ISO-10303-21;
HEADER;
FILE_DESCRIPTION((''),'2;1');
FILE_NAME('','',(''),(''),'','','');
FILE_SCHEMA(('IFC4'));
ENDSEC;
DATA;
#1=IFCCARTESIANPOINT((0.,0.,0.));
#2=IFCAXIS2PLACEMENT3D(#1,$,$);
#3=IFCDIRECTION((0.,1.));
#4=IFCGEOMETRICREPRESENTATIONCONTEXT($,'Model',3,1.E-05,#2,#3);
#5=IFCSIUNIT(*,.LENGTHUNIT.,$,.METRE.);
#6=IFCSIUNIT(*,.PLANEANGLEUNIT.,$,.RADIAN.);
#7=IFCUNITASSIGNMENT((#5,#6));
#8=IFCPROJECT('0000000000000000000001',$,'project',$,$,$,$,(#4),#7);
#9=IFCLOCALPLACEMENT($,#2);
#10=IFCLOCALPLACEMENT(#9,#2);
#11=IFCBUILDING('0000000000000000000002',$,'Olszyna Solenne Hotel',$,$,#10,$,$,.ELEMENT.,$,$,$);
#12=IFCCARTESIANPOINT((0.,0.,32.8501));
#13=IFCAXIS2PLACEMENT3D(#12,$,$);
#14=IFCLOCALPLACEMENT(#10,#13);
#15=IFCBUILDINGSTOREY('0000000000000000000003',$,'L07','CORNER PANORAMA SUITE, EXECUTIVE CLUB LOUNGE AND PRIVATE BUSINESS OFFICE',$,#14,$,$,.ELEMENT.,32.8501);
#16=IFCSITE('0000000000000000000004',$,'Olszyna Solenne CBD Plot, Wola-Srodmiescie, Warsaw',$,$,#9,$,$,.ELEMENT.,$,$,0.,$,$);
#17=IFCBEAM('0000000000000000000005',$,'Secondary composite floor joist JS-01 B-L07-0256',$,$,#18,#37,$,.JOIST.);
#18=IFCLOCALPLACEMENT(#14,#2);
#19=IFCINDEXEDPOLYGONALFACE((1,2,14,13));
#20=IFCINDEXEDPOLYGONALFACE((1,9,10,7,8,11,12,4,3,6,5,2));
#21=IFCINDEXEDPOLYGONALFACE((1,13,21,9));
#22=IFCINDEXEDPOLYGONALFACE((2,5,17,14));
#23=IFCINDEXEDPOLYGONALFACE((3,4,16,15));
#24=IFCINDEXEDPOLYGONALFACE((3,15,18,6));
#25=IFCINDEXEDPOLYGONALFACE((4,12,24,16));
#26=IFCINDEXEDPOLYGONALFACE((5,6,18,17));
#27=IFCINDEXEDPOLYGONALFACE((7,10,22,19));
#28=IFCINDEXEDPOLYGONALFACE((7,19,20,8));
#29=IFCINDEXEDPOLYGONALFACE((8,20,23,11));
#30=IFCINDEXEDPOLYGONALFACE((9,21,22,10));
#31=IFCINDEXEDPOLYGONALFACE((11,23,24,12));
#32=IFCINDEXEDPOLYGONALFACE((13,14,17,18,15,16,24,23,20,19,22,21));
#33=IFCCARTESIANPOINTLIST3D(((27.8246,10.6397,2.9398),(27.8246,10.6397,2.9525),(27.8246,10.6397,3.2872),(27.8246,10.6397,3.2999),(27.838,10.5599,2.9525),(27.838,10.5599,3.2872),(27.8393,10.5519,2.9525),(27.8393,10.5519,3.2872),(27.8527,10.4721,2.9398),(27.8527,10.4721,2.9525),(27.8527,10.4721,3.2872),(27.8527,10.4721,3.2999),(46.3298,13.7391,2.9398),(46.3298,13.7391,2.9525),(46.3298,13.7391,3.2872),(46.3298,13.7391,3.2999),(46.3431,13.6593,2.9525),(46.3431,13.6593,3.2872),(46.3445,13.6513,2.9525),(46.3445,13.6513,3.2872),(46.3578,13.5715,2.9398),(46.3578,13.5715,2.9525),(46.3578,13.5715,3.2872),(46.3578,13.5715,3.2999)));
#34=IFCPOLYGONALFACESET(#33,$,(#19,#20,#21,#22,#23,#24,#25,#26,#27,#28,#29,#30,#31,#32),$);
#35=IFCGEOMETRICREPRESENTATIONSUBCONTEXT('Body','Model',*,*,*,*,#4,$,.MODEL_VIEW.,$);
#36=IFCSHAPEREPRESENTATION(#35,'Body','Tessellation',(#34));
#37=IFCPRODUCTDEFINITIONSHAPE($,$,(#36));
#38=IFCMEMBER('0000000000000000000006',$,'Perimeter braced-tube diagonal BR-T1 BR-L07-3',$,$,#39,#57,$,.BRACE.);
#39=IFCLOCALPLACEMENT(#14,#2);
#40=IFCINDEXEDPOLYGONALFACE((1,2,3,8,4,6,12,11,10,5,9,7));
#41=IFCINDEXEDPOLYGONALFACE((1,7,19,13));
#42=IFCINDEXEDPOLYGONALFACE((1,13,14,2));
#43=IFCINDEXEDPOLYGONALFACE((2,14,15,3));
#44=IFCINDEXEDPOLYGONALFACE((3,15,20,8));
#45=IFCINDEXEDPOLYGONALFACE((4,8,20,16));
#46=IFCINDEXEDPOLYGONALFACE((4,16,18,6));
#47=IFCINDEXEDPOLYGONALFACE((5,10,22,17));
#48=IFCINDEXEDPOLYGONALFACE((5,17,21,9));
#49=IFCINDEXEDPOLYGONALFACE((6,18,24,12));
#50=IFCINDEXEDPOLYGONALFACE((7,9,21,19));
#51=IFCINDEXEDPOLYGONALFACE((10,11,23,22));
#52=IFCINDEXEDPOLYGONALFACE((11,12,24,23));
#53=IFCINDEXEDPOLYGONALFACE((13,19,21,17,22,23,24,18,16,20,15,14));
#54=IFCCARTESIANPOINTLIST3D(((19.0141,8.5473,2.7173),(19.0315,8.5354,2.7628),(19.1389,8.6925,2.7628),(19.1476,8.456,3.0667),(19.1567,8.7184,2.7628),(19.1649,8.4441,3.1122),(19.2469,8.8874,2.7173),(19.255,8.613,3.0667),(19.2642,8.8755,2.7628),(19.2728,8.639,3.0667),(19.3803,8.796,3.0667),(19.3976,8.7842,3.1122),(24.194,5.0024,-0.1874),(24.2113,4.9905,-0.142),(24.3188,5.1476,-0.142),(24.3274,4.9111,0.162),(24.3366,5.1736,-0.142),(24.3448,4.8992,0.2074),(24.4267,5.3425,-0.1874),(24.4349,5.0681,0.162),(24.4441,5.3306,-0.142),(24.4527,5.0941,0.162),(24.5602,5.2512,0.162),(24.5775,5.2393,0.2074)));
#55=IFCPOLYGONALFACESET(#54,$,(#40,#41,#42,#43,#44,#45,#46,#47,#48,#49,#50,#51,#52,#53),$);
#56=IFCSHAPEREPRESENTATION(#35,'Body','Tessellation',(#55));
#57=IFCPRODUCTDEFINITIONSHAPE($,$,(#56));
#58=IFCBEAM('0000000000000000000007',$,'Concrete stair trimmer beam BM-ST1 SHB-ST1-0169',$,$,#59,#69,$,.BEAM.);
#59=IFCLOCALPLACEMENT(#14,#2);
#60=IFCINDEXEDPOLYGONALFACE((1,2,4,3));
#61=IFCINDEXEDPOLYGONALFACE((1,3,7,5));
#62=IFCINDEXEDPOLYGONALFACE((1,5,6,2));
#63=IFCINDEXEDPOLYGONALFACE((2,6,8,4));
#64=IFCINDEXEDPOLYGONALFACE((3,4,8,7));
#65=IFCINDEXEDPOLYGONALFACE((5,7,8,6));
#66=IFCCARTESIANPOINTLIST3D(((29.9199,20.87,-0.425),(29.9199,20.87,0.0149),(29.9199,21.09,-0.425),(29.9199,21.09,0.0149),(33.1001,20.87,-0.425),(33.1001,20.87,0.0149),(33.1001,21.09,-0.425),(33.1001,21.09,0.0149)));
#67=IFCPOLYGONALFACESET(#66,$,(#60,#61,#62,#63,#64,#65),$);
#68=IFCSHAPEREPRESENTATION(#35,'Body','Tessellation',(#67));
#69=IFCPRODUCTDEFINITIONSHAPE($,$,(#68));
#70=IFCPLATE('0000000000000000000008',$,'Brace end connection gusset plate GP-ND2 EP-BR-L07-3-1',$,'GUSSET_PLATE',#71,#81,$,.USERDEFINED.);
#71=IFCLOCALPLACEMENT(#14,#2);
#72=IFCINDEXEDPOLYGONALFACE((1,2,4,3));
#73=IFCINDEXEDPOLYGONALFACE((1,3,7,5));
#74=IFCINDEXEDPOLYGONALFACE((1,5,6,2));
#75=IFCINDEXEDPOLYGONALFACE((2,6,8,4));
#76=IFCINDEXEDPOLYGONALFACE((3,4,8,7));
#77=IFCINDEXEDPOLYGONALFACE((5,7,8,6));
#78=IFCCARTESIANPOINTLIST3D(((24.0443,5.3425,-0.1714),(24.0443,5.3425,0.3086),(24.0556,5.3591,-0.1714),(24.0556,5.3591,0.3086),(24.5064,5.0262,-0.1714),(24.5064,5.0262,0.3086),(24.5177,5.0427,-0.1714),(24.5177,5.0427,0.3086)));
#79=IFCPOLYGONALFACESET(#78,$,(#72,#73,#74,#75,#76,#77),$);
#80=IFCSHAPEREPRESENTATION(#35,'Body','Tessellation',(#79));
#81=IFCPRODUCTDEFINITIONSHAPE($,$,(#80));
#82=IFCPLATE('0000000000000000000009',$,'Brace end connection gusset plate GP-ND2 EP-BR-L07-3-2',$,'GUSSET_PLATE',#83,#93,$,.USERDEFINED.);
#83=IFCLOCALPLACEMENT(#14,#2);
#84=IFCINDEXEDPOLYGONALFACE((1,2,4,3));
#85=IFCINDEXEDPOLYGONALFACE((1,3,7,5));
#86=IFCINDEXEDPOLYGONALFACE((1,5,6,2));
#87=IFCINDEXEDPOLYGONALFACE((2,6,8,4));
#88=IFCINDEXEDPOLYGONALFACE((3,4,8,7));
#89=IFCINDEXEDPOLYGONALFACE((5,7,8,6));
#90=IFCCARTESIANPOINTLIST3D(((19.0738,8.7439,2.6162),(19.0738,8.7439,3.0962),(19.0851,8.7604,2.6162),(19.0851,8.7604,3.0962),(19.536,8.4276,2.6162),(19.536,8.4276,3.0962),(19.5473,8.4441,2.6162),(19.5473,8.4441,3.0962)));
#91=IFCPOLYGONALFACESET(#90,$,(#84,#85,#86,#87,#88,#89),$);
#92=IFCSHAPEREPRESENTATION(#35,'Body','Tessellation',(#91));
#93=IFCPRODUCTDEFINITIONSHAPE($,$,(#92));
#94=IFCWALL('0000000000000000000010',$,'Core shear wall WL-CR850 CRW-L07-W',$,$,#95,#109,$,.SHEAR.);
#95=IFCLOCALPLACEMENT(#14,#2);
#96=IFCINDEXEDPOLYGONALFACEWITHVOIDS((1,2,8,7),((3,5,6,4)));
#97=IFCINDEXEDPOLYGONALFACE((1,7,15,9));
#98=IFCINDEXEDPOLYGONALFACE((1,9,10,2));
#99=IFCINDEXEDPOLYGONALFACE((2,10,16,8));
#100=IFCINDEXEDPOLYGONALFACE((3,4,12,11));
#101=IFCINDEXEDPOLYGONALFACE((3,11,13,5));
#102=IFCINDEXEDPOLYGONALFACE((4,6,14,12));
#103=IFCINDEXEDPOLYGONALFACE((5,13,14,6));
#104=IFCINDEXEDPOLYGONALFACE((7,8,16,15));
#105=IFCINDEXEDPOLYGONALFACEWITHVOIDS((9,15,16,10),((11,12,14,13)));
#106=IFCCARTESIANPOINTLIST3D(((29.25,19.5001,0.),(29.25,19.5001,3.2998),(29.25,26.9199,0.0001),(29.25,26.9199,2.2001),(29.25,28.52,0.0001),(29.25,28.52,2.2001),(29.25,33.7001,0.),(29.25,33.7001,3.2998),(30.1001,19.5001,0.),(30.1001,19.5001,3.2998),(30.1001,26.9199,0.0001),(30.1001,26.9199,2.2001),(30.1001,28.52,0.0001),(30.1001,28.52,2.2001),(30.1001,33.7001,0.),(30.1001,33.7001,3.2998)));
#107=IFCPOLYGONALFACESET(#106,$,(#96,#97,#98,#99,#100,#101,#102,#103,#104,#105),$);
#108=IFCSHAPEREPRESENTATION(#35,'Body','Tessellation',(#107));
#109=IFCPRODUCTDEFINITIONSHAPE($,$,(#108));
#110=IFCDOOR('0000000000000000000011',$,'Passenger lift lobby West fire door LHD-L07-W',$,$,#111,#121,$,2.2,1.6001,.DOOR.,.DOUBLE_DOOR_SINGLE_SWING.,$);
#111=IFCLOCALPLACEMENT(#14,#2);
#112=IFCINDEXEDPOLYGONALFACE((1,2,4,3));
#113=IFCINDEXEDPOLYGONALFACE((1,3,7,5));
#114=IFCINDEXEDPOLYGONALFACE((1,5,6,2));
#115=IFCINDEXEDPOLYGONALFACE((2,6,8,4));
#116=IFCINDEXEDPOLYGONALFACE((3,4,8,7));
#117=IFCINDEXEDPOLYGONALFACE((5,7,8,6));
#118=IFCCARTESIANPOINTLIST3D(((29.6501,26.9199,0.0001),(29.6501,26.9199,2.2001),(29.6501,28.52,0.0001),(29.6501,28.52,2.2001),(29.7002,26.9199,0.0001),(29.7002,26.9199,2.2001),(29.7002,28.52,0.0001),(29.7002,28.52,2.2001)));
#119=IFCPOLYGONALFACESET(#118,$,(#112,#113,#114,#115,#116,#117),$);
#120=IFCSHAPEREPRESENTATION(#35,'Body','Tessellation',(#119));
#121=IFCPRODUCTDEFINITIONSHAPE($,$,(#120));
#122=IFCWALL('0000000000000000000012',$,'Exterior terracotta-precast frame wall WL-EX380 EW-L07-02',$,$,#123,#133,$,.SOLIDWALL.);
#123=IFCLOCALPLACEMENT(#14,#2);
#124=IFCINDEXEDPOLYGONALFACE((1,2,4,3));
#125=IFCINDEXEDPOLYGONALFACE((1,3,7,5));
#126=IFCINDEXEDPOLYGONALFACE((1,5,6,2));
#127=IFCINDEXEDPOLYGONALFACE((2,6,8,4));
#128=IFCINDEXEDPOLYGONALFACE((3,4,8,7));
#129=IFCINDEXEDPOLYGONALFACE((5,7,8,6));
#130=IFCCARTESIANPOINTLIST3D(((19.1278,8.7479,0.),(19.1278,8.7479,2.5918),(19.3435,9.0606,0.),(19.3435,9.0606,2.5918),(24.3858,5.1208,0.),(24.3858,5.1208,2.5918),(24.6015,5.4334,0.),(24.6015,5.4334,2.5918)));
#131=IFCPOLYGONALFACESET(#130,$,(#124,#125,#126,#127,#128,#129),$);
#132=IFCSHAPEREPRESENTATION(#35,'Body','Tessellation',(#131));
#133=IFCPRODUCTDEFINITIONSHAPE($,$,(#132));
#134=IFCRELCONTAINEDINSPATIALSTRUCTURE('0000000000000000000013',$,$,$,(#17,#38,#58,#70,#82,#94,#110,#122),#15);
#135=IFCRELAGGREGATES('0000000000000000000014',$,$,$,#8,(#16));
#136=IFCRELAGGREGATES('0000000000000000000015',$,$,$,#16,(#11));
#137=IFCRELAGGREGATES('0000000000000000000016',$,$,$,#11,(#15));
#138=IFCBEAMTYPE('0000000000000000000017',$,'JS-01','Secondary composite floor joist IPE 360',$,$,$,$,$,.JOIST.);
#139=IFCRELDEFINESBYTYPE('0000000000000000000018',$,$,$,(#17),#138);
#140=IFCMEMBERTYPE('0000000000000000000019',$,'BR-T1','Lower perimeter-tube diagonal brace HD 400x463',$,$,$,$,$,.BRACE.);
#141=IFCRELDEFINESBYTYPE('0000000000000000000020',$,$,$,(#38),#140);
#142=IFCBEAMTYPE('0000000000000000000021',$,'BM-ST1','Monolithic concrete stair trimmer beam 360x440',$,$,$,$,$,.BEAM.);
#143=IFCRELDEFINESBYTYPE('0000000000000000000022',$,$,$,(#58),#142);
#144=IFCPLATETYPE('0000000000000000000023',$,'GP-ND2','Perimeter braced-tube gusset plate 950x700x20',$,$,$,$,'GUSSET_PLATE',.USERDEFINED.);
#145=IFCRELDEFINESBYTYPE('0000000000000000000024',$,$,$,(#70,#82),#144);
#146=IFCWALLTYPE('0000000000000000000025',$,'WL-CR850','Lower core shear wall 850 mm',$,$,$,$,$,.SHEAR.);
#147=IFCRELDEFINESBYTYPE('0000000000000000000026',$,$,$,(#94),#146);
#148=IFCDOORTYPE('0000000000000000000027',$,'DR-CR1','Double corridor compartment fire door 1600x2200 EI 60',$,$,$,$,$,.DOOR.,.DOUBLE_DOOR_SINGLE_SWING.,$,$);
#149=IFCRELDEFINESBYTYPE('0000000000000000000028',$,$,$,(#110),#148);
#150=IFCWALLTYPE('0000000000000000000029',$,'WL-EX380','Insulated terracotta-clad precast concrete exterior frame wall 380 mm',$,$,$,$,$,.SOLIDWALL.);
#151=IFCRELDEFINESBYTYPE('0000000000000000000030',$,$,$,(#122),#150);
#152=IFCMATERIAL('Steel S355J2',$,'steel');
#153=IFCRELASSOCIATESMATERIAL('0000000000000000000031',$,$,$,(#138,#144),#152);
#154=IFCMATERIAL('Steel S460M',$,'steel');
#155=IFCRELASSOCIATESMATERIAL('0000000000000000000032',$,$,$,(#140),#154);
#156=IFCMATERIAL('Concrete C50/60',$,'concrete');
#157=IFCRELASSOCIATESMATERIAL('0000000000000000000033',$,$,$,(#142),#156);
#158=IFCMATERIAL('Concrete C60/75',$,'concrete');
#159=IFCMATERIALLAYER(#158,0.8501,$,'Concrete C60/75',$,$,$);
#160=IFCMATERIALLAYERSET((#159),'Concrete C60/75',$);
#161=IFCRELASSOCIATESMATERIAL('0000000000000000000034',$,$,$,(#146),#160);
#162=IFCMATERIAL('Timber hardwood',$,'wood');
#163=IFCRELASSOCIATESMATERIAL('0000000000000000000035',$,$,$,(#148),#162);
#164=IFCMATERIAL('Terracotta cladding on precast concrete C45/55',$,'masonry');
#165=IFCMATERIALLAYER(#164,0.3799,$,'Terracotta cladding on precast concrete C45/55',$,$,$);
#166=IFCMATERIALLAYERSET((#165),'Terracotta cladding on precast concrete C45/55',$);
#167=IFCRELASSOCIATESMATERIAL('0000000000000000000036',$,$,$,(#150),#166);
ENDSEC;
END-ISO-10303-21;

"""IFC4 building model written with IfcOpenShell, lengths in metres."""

from ifc_helpers import new_model, si_unit, direction, frame, frame_2d, origin, origin_2d, place, context, subcontext, project, spatial, rectangle, i_section, extrude, source, transform, mapped, material, layer, layer_set, material_profile, profile_set, type_object, type_shapes, element, fill, save


model = new_model("IFC4")

# Units and contexts
model_context = context("Model", 3, precision=1e-05, world=origin(), true_north=direction((0.0, 1.0)))
body_context = subcontext(model_context, "Body", "Model", "MODEL_VIEW")
ifc_project = project(units=[si_unit("LENGTHUNIT", "METRE"), si_unit("PLANEANGLEUNIT", "RADIAN")], contexts=[model_context])

# Site, building, storey
site_placement = place(None, origin())
site = spatial("IfcSite", under=ifc_project, at=site_placement, Name="Olszyna Solenne CBD Plot, Wola-Srodmiescie, Warsaw", CompositionType="ELEMENT", RefElevation=0.0)
building_placement = place(site_placement, origin())
building = spatial("IfcBuilding", under=site, at=building_placement, Name="Olszyna Solenne Hotel", CompositionType="ELEMENT")
storey_placement = place(building_placement, frame((0.0, 0.0, 32.8501)))
storey = spatial("IfcBuildingStorey", under=building, at=storey_placement, Name="L07", Description="CORNER PANORAMA SUITE, EXECUTIVE CLUB LOUNGE AND PRIVATE BUSINESS OFFICE", CompositionType="ELEMENT", Elevation=32.8501)

# Shared definitions
ifc_material_1 = material(Name="Steel S460M", Category="steel")

# Beam
ifc_material_2 = material(Name="Steel S355J2", Category="steel")
ifc_material_profile_1 = material_profile(ifc_material_2, i_section(OverallWidth=0.1699, OverallDepth=0.3601, WebThickness=0.0081, FlangeThickness=0.0127, at=origin_2d()), Name="IPE 360", Category="load-bearing")
ifc_profile_set_1 = profile_set([ifc_material_profile_1], Name="Steel S355J2")
beam_type_1 = type_object("IfcBeamType", Name="JS-01", Description="Secondary composite floor joist IPE 360", PredefinedType="JOIST", material=ifc_profile_set_1)
shared_shape_1 = source(origin(), body_context, "Body", "SweptSolid", [
    extrude(i_section(OverallWidth=0.1699, OverallDepth=0.3601, WebThickness=0.0081, FlangeThickness=0.0127, at=origin_2d()), origin(), (0.0, 0.0, 1.0), 18.7629),
])
beam_1_placement = place(storey_placement, frame((27.8386, 10.5559, 3.1199), z_axis=(0.986262, 0.165186, 0.0), x_axis=(-0.165186, 0.986262, 0.0)))
element("IfcBeam", 1, at=beam_1_placement, inside=storey, type_object=beam_type_1, Name="Secondary composite floor joist JS-01 B-L07-0256", PredefinedType="JOIST", context=body_context, shape_type="MappedRepresentation", body=[
    mapped(shared_shape_1, transform((0.0, 0.0, 0.0), x_axis=(1.0, 0.0, 0.0), y_axis=(0.0, 1.0, 0.0), z_axis=(0.0, 0.0, 1.0), scale=1.0)),
])

# Member
ifc_material_profile_2 = material_profile(ifc_material_1, i_section(OverallWidth=0.4121, OverallDepth=0.4351, WebThickness=0.0315, FlangeThickness=0.05, at=origin_2d()), Name="HD 400x463", Category="load-bearing")
ifc_profile_set_2 = profile_set([ifc_material_profile_2], Name="Steel S460M")
member_type = type_object("IfcMemberType", Name="BR-T1", Description="Lower perimeter-tube diagonal brace HD 400x463", PredefinedType="BRACE", material=ifc_profile_set_2)
shared_shape_2 = source(origin(), body_context, "Body", "SweptSolid", [
    extrude(i_section(OverallWidth=0.4121, OverallDepth=0.4351, WebThickness=0.0315, FlangeThickness=0.05, at=origin_2d()), origin(), (0.0, 0.0, 1.0), 6.9163),
])
member_placement = place(storey_placement, frame((24.3857, 5.1208, 0.01), z_axis=(-0.74894, 0.512542, 0.419988), x_axis=(-0.564766, -0.825251, 0.0)))
element("IfcMember", 2, at=member_placement, inside=storey, type_object=member_type, Name="Perimeter braced-tube diagonal BR-T1 BR-L07-3", PredefinedType="BRACE", context=body_context, shape_type="MappedRepresentation", body=[
    mapped(shared_shape_2, transform((0.0, 0.0, 0.0), x_axis=(1.0, 0.0, 0.0), y_axis=(0.0, 1.0, 0.0), z_axis=(0.0, 0.0, 1.0), scale=1.0)),
])

# Beam
ifc_material_3 = material(Name="Concrete C50/60", Category="concrete")
ifc_material_profile_3 = material_profile(ifc_material_3, rectangle(XDim=0.22, YDim=0.4399, at=origin_2d()), Name="RC 220x440", Category="load-bearing")
ifc_profile_set_3 = profile_set([ifc_material_profile_3], Name="Concrete C50/60")
beam_type_2 = type_object("IfcBeamType", Name="BM-ST1", Description="Monolithic concrete stair trimmer beam 360x440", PredefinedType="BEAM", material=ifc_profile_set_3)
shared_shape_3 = source(origin(), body_context, "Body", "SweptSolid", [
    extrude(rectangle(XDim=0.22, YDim=0.4399, at=origin_2d()), origin(), (0.0, 0.0, 1.0), 3.1802),
])
beam_2_placement = place(storey_placement, frame((33.1001, 20.98, -0.2051), z_axis=(-1.0, 0.0, 0.0), x_axis=(0.0, -1.0, 0.0)))
element("IfcBeam", 3, at=beam_2_placement, inside=storey, type_object=beam_type_2, Name="Concrete stair trimmer beam BM-ST1 SHB-ST1-0169", PredefinedType="BEAM", context=body_context, shape_type="MappedRepresentation", body=[
    mapped(shared_shape_3, transform((0.0, 0.0, 0.0), x_axis=(1.0, 0.0, 0.0), y_axis=(0.0, 1.0, 0.0), z_axis=(0.0, 0.0, 1.0), scale=1.0)),
])

# Plates
plate_type = type_object("IfcPlateType", Name="GP-ND2", Description="Perimeter braced-tube gusset plate 950x700x20", ElementType="GUSSET_PLATE", PredefinedType="USERDEFINED", material=ifc_material_2)
shared_shape_4 = source(origin(), body_context, "Body", "SweptSolid", [
    extrude(rectangle(XDim=0.5601, YDim=0.02, at=origin_2d()), origin(), (0.0, 0.0, 1.0), 0.48),
])
for number, where, z_axis, x_axis, name in (
    (4, (24.281, 5.1926, -0.1714), (0.0, 0.0, 1.0), (-0.825212, 0.564823, 0.0), "Brace end connection gusset plate GP-ND2 EP-BR-L07-3-1"),
    (5, (19.3105, 8.594, 2.6162), (0.0, 0.0, 1.0), (-0.825212, 0.564823, 0.0), "Brace end connection gusset plate GP-ND2 EP-BR-L07-3-2"),
):
    element("IfcPlate", number, at=place(storey_placement, frame(where, z_axis=z_axis, x_axis=x_axis)), inside=storey, type_object=plate_type, Name=name, ObjectType="GUSSET_PLATE", PredefinedType="USERDEFINED", context=body_context, shape_type="MappedRepresentation", body=[
        mapped(shared_shape_4, transform((0.0, 0.0, 0.0), x_axis=(1.0, 0.0, 0.0), y_axis=(0.0, 1.0, 0.0), z_axis=(0.0, 0.0, 1.0), scale=1.0)),
    ])

# Wall, opening, door
ifc_material_4 = material(Name="Concrete C60/75", Category="concrete")
ifc_layer_1 = layer(ifc_material_4, 0.8501, Name="Concrete C60/75")
ifc_layer_set_1 = layer_set([ifc_layer_1], Name="Concrete C60/75")
wall_type_1 = type_object("IfcWallType", Name="WL-CR850", Description="Lower core shear wall 850 mm", PredefinedType="SHEAR", material=ifc_layer_set_1)
wall_1_placement = place(storey_placement, frame((29.675, 19.5, 0.0), z_axis=(0.0, 0.0, 1.0), x_axis=(0.0, 1.0, 0.0)))
wall_1 = element("IfcWall", 6, at=wall_1_placement, inside=storey, type_object=wall_type_1, Name="Core shear wall WL-CR850 CRW-L07-W", PredefinedType="SHEAR", context=body_context, shape_type="SweptSolid", body=[
    extrude(rectangle(XDim=14.2, YDim=0.8501, at=frame_2d((7.1001, 0.0))), origin(), (0.0, 0.0, 1.0), 3.2998),
])
opening_1_placement = place(wall_1_placement, frame((7.4199, 0.0, 0.0)))
opening_1 = element("IfcOpeningElement", 7, at=opening_1_placement, cuts=wall_1, PredefinedType="OPENING", context=body_context, shape_type="SweptSolid", body=[
    extrude(rectangle(XDim=1.6001, YDim=2.2, at=frame_2d((0.8, 1.1001))), frame((0.0, 0.4351, 0.0), z_axis=(0.0, -1.0, 0.0), x_axis=(1.0, 0.0, 0.0)), (0.0, 0.0, 1.0), 0.8701),
])
ifc_material_5 = material(Name="Timber hardwood", Category="wood")
door_type_1 = type_object("IfcDoorType", Name="DR-CR1", Description="Double corridor compartment fire door 1600x2200 EI 60", OperationType="DOUBLE_DOOR_SINGLE_SWING", PredefinedType="DOOR", material=ifc_material_5)
shared_shape_5 = source(origin(), body_context, "Body", "SweptSolid", [
    extrude(rectangle(XDim=1.6001, YDim=2.2, at=frame_2d((0.8, 1.1001))), frame((0.0, 0.0249, 0.0), z_axis=(0.0, -1.0, 0.0), x_axis=(1.0, 0.0, 0.0)), (0.0, 0.0, 1.0), 0.05),
])
type_shapes(door_type_1, [shared_shape_5])
door_1_placement = place(opening_1_placement, origin())
door_1 = element("IfcDoor", 8, at=door_1_placement, inside=storey, type_object=door_type_1, Name="Passenger lift lobby West fire door LHD-L07-W", OperationType="DOUBLE_DOOR_SINGLE_SWING", OverallHeight=2.2, OverallWidth=1.6001, PredefinedType="DOOR", context=body_context, shape_type="MappedRepresentation", body=[
    mapped(shared_shape_5, transform((0.0, 0.0, 0.0), x_axis=(1.0, 0.0, 0.0), y_axis=(0.0, 1.0, 0.0), z_axis=(0.0, 0.0, 1.0), scale=1.0)),
])
fill(opening_1, door_1)

# Wall
ifc_material_6 = material(Name="Terracotta cladding on precast concrete C45/55", Category="masonry")
ifc_layer_2 = layer(ifc_material_6, 0.3799, Name="Terracotta cladding on precast concrete C45/55")
ifc_layer_set_2 = layer_set([ifc_layer_2], Name="Terracotta cladding on precast concrete C45/55")
wall_type_2 = type_object("IfcWallType", Name="WL-EX380", Description="Insulated terracotta-clad precast concrete exterior frame wall 380 mm", PredefinedType="SOLIDWALL", material=ifc_layer_set_2)
wall_2_placement = place(storey_placement, frame((24.4937, 5.2771, 0.0), z_axis=(0.0, 0.0, 1.0), x_axis=(-0.823143, 0.567834, 0.0)))
element("IfcWall", 9, at=wall_2_placement, inside=storey, type_object=wall_type_2, Name="Exterior terracotta-precast frame wall WL-EX380 EW-L07-02", PredefinedType="SOLIDWALL", context=body_context, shape_type="SweptSolid", body=[
    extrude(rectangle(XDim=6.3877, YDim=0.3799, at=frame_2d((3.1938, 0.0))), origin(), (0.0, 0.0, 1.0), 2.5918),
])

save(model, "model.ifc")
